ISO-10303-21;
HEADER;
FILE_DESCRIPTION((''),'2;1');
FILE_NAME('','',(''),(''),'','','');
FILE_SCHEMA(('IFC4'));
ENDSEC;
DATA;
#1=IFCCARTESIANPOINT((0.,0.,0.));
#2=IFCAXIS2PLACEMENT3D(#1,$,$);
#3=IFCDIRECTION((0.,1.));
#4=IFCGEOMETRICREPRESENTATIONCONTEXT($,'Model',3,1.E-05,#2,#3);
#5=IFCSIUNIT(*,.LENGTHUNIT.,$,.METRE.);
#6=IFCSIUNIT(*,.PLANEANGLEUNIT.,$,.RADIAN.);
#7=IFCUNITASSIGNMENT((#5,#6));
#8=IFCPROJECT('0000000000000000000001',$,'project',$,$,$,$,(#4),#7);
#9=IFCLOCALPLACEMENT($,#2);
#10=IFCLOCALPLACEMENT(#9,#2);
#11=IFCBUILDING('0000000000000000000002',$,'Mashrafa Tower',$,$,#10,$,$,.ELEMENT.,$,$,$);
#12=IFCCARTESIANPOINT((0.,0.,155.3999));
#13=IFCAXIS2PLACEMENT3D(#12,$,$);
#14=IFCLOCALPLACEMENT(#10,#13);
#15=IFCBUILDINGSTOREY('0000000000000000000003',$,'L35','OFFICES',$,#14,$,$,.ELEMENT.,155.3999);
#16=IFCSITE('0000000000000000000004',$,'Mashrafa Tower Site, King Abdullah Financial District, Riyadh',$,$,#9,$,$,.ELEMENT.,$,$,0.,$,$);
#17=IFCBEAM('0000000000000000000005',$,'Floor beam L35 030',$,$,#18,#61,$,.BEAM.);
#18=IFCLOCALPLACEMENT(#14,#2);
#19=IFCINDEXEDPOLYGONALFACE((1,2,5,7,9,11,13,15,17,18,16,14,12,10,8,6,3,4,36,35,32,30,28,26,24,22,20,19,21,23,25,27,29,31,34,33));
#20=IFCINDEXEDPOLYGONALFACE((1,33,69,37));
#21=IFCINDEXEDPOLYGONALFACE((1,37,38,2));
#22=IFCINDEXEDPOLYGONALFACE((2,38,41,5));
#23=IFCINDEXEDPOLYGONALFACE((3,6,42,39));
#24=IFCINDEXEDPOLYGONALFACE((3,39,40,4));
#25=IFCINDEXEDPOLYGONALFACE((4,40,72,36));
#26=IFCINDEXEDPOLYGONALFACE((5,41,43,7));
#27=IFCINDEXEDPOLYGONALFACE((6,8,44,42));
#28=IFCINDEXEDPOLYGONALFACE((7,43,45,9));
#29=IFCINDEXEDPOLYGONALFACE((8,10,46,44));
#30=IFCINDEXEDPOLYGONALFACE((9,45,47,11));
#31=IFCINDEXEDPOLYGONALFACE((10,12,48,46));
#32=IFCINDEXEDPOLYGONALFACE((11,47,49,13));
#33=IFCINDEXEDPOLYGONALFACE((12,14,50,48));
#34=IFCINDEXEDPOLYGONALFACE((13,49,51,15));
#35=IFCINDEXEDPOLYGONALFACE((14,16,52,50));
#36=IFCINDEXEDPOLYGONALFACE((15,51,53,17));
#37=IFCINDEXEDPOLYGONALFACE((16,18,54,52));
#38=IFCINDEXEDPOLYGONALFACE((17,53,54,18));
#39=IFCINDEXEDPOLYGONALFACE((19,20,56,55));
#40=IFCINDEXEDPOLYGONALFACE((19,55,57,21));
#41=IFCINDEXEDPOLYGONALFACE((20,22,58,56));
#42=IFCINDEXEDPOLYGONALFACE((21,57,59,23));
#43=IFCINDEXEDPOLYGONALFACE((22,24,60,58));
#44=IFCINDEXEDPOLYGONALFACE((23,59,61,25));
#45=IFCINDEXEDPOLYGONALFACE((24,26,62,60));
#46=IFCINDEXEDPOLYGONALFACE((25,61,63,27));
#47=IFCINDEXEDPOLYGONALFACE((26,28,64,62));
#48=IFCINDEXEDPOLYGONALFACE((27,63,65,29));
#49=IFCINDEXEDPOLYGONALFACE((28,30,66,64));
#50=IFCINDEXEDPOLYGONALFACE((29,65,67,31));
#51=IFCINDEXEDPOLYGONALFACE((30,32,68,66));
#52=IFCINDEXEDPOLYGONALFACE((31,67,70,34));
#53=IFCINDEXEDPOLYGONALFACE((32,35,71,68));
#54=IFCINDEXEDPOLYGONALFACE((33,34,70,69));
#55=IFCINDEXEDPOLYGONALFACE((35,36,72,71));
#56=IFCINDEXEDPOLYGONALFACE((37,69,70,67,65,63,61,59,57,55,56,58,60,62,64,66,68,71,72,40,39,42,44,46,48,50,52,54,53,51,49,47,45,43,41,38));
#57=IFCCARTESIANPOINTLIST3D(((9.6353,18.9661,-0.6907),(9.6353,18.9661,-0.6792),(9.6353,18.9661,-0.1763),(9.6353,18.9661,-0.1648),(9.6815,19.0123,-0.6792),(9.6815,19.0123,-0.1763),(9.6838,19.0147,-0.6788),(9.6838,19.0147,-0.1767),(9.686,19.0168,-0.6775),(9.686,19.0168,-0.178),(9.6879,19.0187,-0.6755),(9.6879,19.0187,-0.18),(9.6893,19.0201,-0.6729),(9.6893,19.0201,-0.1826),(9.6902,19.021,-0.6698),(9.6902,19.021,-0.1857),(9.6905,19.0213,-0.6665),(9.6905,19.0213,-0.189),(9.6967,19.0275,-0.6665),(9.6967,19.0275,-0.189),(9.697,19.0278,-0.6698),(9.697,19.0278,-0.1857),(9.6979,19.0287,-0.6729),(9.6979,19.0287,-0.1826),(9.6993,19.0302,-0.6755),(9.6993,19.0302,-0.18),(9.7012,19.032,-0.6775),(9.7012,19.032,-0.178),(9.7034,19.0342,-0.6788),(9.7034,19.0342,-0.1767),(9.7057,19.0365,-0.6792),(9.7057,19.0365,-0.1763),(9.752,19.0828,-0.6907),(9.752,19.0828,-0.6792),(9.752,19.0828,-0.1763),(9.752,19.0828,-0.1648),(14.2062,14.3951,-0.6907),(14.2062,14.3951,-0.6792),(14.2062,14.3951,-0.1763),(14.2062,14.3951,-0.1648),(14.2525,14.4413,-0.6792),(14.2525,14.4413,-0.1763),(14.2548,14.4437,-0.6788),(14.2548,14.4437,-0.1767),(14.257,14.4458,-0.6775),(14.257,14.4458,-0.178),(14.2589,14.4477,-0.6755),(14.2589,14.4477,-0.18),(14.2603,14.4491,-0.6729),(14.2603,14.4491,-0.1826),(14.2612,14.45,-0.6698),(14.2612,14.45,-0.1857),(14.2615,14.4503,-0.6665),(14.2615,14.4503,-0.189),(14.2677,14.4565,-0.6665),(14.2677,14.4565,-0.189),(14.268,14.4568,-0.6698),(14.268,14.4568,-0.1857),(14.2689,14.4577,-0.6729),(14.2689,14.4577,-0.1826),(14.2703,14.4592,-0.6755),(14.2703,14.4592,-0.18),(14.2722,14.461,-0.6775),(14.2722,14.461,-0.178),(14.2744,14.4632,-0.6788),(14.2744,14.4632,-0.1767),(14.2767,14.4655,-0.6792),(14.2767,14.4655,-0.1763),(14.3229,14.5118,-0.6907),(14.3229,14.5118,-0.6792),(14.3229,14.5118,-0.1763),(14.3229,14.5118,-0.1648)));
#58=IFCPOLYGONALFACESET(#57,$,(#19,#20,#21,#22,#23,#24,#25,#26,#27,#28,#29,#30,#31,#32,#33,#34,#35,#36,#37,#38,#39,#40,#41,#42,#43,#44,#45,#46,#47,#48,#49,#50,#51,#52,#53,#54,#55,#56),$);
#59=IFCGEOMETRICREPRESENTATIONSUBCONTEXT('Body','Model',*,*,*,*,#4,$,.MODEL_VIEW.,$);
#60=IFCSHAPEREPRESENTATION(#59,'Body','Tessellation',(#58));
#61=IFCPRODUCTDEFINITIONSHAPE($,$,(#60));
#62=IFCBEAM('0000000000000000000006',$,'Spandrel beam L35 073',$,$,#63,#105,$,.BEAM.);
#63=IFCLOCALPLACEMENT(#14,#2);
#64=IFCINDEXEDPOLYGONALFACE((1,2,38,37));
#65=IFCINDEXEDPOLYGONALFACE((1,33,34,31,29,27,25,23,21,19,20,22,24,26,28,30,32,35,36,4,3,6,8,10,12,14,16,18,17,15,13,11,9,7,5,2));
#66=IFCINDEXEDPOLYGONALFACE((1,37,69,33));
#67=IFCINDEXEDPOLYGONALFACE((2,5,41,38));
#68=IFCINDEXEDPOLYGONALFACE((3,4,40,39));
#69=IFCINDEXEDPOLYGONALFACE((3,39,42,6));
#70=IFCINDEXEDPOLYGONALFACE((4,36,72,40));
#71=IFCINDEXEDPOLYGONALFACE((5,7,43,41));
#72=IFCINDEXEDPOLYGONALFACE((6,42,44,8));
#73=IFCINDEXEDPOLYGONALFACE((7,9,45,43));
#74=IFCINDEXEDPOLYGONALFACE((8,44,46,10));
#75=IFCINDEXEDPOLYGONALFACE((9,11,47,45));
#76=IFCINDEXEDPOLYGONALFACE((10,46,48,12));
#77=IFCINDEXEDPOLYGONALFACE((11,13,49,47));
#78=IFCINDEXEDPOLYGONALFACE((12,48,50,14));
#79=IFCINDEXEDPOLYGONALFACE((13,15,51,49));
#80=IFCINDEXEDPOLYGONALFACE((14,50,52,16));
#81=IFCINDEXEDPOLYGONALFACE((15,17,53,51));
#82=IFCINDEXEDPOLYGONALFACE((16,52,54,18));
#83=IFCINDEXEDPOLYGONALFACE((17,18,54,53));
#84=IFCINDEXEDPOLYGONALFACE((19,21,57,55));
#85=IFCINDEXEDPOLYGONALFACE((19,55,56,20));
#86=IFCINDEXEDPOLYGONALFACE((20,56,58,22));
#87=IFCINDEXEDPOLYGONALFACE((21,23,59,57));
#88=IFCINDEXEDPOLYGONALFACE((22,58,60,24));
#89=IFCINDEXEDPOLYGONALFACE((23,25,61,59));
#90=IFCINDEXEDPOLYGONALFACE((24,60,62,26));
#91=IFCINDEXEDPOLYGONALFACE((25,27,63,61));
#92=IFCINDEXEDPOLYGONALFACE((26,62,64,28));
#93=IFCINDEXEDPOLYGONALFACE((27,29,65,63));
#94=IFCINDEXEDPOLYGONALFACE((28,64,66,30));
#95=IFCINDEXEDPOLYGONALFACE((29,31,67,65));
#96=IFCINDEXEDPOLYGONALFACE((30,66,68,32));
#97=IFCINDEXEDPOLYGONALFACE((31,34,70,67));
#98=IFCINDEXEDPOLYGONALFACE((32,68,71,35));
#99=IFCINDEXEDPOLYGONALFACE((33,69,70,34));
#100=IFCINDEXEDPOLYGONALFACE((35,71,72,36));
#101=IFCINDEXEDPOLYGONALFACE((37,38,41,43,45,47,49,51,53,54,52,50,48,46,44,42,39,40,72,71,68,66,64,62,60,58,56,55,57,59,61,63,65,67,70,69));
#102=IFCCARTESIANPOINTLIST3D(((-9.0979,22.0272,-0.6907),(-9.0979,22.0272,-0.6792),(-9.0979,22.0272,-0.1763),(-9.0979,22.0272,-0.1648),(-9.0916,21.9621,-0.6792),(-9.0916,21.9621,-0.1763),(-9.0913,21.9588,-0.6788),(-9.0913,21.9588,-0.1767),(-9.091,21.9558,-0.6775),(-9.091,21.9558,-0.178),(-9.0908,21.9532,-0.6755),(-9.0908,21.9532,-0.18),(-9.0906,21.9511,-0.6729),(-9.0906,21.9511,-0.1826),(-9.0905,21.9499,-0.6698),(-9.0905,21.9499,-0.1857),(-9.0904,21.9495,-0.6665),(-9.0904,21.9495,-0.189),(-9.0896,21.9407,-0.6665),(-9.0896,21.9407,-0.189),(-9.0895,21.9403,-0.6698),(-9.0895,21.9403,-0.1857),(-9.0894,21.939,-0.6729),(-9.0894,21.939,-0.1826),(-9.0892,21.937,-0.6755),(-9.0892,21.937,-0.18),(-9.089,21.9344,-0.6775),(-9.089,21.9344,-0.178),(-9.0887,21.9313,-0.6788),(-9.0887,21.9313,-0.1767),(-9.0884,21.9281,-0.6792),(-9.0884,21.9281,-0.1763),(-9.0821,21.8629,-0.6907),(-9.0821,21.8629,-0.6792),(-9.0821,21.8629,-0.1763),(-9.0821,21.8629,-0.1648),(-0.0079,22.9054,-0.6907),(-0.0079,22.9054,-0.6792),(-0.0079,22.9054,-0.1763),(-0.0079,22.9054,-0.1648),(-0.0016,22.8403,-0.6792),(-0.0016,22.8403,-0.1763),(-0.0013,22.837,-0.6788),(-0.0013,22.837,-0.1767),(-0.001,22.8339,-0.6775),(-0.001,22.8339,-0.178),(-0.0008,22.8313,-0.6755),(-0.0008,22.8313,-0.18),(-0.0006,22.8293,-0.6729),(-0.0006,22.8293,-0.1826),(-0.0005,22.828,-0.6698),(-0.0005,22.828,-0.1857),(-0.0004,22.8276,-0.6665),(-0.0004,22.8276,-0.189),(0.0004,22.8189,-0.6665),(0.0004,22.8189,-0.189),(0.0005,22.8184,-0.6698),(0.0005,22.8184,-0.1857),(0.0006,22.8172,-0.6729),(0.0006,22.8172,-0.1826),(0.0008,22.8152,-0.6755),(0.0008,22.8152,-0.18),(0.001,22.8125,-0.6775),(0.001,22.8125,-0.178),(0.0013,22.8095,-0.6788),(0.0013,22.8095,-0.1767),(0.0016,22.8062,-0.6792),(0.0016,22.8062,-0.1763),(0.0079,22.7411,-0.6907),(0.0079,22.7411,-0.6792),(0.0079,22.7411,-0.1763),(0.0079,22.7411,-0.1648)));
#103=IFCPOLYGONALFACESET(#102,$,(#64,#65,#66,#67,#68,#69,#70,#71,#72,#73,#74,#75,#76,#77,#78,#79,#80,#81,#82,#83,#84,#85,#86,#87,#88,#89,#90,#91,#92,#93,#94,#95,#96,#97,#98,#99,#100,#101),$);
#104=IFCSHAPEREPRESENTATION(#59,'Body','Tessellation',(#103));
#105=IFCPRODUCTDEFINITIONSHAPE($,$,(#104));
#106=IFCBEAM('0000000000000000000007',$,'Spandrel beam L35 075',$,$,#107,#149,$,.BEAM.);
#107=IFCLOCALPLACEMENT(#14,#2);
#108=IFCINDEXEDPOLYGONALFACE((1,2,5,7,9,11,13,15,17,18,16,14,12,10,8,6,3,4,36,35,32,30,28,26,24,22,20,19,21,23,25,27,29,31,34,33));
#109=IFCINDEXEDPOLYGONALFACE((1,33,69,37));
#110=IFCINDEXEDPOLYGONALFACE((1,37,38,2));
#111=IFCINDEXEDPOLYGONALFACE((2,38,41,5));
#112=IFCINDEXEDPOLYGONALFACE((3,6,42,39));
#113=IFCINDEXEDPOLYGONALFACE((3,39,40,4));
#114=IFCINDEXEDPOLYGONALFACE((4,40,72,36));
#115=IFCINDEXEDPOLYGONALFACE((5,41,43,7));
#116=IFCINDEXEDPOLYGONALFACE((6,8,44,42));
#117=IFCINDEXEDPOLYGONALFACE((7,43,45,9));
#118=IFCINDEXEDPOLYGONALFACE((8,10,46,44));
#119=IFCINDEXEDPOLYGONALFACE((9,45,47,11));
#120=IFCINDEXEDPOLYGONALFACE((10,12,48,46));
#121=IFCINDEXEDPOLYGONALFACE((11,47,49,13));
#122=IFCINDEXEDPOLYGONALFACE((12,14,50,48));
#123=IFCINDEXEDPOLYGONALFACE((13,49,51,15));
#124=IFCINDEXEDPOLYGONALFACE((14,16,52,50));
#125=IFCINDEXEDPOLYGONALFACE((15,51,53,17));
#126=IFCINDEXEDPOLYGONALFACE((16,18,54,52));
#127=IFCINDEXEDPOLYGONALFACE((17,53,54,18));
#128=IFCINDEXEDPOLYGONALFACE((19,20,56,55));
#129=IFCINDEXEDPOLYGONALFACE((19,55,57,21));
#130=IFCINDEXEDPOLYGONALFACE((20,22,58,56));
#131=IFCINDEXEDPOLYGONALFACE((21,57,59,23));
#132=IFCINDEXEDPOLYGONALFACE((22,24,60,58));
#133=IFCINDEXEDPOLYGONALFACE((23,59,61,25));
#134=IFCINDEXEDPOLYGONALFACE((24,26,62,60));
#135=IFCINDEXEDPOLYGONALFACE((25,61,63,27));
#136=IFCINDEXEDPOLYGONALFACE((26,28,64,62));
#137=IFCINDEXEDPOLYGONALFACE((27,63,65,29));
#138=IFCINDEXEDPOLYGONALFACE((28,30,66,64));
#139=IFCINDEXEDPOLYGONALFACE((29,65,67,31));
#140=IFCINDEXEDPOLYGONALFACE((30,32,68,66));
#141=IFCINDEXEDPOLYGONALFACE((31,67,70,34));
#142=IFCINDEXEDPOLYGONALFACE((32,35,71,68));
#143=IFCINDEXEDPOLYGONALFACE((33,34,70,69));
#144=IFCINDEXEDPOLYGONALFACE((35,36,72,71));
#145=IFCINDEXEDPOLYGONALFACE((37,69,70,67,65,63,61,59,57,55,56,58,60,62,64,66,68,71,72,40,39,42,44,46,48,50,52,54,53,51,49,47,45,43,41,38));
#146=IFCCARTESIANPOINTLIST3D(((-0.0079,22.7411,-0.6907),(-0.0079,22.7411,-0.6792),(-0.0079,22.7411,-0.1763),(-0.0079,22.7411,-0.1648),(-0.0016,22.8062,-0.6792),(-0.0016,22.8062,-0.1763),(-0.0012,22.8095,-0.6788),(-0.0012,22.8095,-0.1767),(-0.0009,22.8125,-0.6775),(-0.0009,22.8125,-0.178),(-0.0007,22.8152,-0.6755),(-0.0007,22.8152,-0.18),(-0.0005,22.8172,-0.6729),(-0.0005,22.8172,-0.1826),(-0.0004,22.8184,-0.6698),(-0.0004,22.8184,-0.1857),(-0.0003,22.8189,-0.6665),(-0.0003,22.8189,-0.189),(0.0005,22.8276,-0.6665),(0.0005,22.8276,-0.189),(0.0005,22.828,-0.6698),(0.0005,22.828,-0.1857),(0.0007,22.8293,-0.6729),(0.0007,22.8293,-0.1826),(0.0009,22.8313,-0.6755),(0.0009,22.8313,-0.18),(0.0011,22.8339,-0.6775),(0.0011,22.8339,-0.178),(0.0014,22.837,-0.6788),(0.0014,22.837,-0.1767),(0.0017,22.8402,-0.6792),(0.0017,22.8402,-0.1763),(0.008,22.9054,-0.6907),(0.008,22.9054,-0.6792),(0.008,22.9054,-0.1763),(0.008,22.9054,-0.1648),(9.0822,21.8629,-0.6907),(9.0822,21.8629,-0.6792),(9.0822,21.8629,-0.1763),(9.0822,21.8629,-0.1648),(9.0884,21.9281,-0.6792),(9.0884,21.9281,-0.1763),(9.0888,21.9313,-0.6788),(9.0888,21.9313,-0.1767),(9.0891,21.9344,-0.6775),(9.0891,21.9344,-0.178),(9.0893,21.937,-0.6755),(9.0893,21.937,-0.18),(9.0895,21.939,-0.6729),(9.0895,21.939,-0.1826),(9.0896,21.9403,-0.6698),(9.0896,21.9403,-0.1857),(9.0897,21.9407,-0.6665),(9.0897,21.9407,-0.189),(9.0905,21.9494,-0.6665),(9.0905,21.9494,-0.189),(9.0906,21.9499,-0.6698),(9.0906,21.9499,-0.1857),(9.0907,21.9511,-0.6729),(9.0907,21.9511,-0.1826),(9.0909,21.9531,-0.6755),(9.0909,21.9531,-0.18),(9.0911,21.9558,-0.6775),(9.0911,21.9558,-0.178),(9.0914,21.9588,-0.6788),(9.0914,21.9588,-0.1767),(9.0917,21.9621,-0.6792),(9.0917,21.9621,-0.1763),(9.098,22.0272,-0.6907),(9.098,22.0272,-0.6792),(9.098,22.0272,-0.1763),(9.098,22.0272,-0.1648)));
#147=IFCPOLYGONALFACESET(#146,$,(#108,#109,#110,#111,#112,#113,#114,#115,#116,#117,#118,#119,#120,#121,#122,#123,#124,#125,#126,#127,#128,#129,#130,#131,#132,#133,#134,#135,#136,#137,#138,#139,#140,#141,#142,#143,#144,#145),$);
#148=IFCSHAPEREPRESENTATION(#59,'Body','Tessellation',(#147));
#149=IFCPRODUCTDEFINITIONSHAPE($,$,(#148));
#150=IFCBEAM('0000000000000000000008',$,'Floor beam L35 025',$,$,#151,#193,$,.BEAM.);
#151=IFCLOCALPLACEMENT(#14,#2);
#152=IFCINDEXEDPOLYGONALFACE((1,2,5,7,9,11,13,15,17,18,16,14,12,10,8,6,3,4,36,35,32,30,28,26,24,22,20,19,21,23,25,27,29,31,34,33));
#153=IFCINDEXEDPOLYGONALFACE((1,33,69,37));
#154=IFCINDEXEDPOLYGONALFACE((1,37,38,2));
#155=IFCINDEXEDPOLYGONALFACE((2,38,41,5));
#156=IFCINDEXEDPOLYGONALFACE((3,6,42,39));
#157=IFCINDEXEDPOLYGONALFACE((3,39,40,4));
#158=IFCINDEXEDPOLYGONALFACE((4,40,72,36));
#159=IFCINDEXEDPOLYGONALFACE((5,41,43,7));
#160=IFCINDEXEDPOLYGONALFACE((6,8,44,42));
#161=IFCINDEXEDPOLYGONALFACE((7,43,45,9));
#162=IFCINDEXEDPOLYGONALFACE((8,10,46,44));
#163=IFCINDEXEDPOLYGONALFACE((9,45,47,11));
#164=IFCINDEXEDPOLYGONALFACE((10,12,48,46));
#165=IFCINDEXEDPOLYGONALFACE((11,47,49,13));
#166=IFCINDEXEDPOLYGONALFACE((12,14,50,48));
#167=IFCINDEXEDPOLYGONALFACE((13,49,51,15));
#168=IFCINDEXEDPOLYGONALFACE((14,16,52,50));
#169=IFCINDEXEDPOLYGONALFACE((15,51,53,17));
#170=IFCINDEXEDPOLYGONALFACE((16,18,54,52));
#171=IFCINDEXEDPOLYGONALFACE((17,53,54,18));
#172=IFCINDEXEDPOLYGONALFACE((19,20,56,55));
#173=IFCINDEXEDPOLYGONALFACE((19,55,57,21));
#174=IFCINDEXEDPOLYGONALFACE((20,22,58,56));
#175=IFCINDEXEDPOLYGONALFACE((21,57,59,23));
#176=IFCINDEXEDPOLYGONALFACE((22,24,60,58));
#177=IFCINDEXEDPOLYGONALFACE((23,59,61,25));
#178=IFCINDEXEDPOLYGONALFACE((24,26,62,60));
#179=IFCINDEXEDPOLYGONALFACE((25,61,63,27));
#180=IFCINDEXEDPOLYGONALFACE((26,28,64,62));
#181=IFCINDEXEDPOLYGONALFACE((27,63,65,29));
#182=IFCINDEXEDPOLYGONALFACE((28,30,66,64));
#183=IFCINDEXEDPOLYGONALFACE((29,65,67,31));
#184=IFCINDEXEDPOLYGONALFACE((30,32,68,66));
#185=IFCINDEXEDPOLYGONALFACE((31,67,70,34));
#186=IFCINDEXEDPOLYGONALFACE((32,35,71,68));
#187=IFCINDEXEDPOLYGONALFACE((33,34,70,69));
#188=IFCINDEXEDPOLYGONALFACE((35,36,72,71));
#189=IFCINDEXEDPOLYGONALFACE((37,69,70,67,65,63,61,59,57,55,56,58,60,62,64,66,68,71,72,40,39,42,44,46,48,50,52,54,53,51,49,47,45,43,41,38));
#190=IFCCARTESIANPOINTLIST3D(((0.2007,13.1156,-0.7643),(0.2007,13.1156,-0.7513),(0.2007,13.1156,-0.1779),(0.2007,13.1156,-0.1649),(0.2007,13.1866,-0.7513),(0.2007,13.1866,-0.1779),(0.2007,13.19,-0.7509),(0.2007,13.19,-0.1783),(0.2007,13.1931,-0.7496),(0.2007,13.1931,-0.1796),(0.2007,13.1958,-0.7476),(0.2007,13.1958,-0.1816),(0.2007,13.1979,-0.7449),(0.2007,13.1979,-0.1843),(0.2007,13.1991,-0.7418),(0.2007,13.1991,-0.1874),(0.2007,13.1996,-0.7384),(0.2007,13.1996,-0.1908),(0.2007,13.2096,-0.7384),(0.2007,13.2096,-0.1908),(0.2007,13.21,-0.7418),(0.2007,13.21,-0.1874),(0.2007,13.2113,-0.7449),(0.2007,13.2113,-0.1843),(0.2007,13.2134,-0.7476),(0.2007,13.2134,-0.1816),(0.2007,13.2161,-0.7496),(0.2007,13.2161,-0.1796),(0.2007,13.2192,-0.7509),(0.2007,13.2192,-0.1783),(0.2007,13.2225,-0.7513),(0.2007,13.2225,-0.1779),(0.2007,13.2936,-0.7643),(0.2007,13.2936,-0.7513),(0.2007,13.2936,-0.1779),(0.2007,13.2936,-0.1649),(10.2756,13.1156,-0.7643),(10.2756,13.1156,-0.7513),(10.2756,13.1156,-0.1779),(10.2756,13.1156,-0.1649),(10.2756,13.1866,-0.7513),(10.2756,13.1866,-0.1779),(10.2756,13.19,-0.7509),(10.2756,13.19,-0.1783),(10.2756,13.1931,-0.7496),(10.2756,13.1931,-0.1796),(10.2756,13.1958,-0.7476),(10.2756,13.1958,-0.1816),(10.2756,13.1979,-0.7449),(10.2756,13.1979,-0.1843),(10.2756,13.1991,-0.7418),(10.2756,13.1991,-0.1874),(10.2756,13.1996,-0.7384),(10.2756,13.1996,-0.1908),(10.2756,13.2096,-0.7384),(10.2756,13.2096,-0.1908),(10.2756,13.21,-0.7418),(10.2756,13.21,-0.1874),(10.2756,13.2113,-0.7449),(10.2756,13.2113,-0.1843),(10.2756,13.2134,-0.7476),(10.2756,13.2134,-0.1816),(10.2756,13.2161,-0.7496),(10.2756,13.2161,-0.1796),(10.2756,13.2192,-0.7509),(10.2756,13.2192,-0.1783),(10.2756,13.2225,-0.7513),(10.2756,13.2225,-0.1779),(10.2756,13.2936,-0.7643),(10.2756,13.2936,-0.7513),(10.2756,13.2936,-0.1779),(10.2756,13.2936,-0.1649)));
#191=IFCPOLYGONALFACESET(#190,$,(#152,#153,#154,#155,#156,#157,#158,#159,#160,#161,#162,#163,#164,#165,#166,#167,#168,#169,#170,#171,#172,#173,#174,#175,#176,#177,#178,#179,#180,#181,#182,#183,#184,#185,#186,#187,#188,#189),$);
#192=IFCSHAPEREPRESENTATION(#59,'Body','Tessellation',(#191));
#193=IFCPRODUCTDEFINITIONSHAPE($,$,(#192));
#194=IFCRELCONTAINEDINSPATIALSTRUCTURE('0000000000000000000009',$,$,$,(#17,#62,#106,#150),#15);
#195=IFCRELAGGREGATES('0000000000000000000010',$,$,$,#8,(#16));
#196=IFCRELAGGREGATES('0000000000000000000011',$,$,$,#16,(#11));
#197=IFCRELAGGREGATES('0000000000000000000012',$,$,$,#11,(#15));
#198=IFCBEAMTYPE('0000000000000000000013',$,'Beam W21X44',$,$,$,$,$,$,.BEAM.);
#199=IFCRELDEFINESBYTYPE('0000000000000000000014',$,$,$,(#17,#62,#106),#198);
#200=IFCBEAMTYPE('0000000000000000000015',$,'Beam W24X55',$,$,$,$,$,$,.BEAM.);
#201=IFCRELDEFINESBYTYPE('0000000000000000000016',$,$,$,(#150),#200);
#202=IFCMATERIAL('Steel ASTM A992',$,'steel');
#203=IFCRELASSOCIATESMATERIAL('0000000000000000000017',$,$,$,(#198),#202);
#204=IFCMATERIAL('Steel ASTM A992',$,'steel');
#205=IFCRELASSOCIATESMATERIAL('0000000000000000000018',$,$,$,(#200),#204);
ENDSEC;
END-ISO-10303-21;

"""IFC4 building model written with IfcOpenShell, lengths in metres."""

from ifc_helpers import new_model, si_unit, direction, frame, origin, origin_2d, place, context, subcontext, project, spatial, i_section, extrude, material, material_profile, profile_set, type_object, element, save


model = new_model("IFC4")

# Units and contexts
model_context = context("Model", 3, precision=1e-05, world=origin(), true_north=direction((0.0, 1.0)))
body_context = subcontext(model_context, "Body", "Model", "MODEL_VIEW")
ifc_project = project(units=[si_unit("LENGTHUNIT", "METRE"), si_unit("PLANEANGLEUNIT", "RADIAN")], contexts=[model_context])

# Site, building, storey
site_placement = place(None, origin())
site = spatial("IfcSite", under=ifc_project, at=site_placement, Name="Mashrafa Tower Site, King Abdullah Financial District, Riyadh", CompositionType="ELEMENT", RefElevation=0.0)
building_placement = place(site_placement, origin())
building = spatial("IfcBuilding", under=site, at=building_placement, Name="Mashrafa Tower", CompositionType="ELEMENT")
storey_placement = place(building_placement, frame((0.0, 0.0, 155.3999)))
storey = spatial("IfcBuildingStorey", under=building, at=storey_placement, Name="L35", Description="OFFICES", CompositionType="ELEMENT", Elevation=155.3999)

# Beams
ifc_material_1 = material(Name="Steel ASTM A992", Category="steel")
ifc_material_profile_1 = material_profile(ifc_material_1, i_section(OverallWidth=0.165, OverallDepth=0.5259, WebThickness=0.0088, FlangeThickness=0.0115, FilletRadius=0.0127, at=origin_2d()), Name="W21X44")
ifc_profile_set_1 = profile_set([ifc_material_profile_1], Name="Steel ASTM A992")
beam_type_1 = type_object("IfcBeamType", Name="Beam W21X44", PredefinedType="BEAM", material=ifc_profile_set_1)
beam_1_placement = place(storey_placement, frame((9.6936, 19.0244, -0.4277), z_axis=(0.707107, -0.707107, 0.0), x_axis=(0.707107, 0.707107, 0.0)))
element("IfcBeam", 1, at=beam_1_placement, inside=storey, type_object=beam_type_1, Name="Floor beam L35 030", PredefinedType="BEAM", context=body_context, shape_type="SweptSolid", body=[
    extrude(i_section(OverallWidth=0.165, OverallDepth=0.5259, WebThickness=0.0088, FlangeThickness=0.0115, FilletRadius=0.0127, at=origin_2d()), origin(), (0.0, 0.0, 1.0), 6.4644),
])
for number, where, z_axis, x_axis, name in (
    (2, (0.0, 22.8232, -0.4277), (-0.995366, -0.09616, 0.0), (0.09616, -0.995366, 0.0), "Spandrel beam L35 073"),
    (3, (9.0901, 21.9451, -0.4277), (-0.995366, 0.09616, 0.0), (-0.09616, -0.995366, 0.0), "Spandrel beam L35 075"),
):
    element("IfcBeam", number, at=place(storey_placement, frame(where, z_axis=z_axis, x_axis=x_axis)), inside=storey, type_object=beam_type_1, Name=name, PredefinedType="BEAM", context=body_context, shape_type="SweptSolid", body=[
        extrude(i_section(OverallWidth=0.165, OverallDepth=0.5259, WebThickness=0.0088, FlangeThickness=0.0115, FilletRadius=0.0127, at=origin_2d()), origin(), (0.0, 0.0, 1.0), 9.1323),
    ])
ifc_material_2 = material(Name="Steel ASTM A992", Category="steel")
ifc_material_profile_2 = material_profile(ifc_material_2, i_section(OverallWidth=0.178, OverallDepth=0.5994, WebThickness=0.01, FlangeThickness=0.0129, FilletRadius=0.0129, at=origin_2d()), Name="W24X55")
ifc_profile_set_2 = profile_set([ifc_material_profile_2], Name="Steel ASTM A992")
beam_type_2 = type_object("IfcBeamType", Name="Beam W24X55", PredefinedType="BEAM", material=ifc_profile_set_2)
beam_2_placement = place(storey_placement, frame((0.2007, 13.2046, -0.4646), z_axis=(1.0, 0.0, 0.0), x_axis=(0.0, 1.0, 0.0)))
element("IfcBeam", 4, at=beam_2_placement, inside=storey, type_object=beam_type_2, Name="Floor beam L35 025", PredefinedType="BEAM", context=body_context, shape_type="SweptSolid", body=[
    extrude(i_section(OverallWidth=0.178, OverallDepth=0.5994, WebThickness=0.01, FlangeThickness=0.0129, FilletRadius=0.0129, at=origin_2d()), origin(), (0.0, 0.0, 1.0), 10.075),
])

save(model, "model.ifc")
